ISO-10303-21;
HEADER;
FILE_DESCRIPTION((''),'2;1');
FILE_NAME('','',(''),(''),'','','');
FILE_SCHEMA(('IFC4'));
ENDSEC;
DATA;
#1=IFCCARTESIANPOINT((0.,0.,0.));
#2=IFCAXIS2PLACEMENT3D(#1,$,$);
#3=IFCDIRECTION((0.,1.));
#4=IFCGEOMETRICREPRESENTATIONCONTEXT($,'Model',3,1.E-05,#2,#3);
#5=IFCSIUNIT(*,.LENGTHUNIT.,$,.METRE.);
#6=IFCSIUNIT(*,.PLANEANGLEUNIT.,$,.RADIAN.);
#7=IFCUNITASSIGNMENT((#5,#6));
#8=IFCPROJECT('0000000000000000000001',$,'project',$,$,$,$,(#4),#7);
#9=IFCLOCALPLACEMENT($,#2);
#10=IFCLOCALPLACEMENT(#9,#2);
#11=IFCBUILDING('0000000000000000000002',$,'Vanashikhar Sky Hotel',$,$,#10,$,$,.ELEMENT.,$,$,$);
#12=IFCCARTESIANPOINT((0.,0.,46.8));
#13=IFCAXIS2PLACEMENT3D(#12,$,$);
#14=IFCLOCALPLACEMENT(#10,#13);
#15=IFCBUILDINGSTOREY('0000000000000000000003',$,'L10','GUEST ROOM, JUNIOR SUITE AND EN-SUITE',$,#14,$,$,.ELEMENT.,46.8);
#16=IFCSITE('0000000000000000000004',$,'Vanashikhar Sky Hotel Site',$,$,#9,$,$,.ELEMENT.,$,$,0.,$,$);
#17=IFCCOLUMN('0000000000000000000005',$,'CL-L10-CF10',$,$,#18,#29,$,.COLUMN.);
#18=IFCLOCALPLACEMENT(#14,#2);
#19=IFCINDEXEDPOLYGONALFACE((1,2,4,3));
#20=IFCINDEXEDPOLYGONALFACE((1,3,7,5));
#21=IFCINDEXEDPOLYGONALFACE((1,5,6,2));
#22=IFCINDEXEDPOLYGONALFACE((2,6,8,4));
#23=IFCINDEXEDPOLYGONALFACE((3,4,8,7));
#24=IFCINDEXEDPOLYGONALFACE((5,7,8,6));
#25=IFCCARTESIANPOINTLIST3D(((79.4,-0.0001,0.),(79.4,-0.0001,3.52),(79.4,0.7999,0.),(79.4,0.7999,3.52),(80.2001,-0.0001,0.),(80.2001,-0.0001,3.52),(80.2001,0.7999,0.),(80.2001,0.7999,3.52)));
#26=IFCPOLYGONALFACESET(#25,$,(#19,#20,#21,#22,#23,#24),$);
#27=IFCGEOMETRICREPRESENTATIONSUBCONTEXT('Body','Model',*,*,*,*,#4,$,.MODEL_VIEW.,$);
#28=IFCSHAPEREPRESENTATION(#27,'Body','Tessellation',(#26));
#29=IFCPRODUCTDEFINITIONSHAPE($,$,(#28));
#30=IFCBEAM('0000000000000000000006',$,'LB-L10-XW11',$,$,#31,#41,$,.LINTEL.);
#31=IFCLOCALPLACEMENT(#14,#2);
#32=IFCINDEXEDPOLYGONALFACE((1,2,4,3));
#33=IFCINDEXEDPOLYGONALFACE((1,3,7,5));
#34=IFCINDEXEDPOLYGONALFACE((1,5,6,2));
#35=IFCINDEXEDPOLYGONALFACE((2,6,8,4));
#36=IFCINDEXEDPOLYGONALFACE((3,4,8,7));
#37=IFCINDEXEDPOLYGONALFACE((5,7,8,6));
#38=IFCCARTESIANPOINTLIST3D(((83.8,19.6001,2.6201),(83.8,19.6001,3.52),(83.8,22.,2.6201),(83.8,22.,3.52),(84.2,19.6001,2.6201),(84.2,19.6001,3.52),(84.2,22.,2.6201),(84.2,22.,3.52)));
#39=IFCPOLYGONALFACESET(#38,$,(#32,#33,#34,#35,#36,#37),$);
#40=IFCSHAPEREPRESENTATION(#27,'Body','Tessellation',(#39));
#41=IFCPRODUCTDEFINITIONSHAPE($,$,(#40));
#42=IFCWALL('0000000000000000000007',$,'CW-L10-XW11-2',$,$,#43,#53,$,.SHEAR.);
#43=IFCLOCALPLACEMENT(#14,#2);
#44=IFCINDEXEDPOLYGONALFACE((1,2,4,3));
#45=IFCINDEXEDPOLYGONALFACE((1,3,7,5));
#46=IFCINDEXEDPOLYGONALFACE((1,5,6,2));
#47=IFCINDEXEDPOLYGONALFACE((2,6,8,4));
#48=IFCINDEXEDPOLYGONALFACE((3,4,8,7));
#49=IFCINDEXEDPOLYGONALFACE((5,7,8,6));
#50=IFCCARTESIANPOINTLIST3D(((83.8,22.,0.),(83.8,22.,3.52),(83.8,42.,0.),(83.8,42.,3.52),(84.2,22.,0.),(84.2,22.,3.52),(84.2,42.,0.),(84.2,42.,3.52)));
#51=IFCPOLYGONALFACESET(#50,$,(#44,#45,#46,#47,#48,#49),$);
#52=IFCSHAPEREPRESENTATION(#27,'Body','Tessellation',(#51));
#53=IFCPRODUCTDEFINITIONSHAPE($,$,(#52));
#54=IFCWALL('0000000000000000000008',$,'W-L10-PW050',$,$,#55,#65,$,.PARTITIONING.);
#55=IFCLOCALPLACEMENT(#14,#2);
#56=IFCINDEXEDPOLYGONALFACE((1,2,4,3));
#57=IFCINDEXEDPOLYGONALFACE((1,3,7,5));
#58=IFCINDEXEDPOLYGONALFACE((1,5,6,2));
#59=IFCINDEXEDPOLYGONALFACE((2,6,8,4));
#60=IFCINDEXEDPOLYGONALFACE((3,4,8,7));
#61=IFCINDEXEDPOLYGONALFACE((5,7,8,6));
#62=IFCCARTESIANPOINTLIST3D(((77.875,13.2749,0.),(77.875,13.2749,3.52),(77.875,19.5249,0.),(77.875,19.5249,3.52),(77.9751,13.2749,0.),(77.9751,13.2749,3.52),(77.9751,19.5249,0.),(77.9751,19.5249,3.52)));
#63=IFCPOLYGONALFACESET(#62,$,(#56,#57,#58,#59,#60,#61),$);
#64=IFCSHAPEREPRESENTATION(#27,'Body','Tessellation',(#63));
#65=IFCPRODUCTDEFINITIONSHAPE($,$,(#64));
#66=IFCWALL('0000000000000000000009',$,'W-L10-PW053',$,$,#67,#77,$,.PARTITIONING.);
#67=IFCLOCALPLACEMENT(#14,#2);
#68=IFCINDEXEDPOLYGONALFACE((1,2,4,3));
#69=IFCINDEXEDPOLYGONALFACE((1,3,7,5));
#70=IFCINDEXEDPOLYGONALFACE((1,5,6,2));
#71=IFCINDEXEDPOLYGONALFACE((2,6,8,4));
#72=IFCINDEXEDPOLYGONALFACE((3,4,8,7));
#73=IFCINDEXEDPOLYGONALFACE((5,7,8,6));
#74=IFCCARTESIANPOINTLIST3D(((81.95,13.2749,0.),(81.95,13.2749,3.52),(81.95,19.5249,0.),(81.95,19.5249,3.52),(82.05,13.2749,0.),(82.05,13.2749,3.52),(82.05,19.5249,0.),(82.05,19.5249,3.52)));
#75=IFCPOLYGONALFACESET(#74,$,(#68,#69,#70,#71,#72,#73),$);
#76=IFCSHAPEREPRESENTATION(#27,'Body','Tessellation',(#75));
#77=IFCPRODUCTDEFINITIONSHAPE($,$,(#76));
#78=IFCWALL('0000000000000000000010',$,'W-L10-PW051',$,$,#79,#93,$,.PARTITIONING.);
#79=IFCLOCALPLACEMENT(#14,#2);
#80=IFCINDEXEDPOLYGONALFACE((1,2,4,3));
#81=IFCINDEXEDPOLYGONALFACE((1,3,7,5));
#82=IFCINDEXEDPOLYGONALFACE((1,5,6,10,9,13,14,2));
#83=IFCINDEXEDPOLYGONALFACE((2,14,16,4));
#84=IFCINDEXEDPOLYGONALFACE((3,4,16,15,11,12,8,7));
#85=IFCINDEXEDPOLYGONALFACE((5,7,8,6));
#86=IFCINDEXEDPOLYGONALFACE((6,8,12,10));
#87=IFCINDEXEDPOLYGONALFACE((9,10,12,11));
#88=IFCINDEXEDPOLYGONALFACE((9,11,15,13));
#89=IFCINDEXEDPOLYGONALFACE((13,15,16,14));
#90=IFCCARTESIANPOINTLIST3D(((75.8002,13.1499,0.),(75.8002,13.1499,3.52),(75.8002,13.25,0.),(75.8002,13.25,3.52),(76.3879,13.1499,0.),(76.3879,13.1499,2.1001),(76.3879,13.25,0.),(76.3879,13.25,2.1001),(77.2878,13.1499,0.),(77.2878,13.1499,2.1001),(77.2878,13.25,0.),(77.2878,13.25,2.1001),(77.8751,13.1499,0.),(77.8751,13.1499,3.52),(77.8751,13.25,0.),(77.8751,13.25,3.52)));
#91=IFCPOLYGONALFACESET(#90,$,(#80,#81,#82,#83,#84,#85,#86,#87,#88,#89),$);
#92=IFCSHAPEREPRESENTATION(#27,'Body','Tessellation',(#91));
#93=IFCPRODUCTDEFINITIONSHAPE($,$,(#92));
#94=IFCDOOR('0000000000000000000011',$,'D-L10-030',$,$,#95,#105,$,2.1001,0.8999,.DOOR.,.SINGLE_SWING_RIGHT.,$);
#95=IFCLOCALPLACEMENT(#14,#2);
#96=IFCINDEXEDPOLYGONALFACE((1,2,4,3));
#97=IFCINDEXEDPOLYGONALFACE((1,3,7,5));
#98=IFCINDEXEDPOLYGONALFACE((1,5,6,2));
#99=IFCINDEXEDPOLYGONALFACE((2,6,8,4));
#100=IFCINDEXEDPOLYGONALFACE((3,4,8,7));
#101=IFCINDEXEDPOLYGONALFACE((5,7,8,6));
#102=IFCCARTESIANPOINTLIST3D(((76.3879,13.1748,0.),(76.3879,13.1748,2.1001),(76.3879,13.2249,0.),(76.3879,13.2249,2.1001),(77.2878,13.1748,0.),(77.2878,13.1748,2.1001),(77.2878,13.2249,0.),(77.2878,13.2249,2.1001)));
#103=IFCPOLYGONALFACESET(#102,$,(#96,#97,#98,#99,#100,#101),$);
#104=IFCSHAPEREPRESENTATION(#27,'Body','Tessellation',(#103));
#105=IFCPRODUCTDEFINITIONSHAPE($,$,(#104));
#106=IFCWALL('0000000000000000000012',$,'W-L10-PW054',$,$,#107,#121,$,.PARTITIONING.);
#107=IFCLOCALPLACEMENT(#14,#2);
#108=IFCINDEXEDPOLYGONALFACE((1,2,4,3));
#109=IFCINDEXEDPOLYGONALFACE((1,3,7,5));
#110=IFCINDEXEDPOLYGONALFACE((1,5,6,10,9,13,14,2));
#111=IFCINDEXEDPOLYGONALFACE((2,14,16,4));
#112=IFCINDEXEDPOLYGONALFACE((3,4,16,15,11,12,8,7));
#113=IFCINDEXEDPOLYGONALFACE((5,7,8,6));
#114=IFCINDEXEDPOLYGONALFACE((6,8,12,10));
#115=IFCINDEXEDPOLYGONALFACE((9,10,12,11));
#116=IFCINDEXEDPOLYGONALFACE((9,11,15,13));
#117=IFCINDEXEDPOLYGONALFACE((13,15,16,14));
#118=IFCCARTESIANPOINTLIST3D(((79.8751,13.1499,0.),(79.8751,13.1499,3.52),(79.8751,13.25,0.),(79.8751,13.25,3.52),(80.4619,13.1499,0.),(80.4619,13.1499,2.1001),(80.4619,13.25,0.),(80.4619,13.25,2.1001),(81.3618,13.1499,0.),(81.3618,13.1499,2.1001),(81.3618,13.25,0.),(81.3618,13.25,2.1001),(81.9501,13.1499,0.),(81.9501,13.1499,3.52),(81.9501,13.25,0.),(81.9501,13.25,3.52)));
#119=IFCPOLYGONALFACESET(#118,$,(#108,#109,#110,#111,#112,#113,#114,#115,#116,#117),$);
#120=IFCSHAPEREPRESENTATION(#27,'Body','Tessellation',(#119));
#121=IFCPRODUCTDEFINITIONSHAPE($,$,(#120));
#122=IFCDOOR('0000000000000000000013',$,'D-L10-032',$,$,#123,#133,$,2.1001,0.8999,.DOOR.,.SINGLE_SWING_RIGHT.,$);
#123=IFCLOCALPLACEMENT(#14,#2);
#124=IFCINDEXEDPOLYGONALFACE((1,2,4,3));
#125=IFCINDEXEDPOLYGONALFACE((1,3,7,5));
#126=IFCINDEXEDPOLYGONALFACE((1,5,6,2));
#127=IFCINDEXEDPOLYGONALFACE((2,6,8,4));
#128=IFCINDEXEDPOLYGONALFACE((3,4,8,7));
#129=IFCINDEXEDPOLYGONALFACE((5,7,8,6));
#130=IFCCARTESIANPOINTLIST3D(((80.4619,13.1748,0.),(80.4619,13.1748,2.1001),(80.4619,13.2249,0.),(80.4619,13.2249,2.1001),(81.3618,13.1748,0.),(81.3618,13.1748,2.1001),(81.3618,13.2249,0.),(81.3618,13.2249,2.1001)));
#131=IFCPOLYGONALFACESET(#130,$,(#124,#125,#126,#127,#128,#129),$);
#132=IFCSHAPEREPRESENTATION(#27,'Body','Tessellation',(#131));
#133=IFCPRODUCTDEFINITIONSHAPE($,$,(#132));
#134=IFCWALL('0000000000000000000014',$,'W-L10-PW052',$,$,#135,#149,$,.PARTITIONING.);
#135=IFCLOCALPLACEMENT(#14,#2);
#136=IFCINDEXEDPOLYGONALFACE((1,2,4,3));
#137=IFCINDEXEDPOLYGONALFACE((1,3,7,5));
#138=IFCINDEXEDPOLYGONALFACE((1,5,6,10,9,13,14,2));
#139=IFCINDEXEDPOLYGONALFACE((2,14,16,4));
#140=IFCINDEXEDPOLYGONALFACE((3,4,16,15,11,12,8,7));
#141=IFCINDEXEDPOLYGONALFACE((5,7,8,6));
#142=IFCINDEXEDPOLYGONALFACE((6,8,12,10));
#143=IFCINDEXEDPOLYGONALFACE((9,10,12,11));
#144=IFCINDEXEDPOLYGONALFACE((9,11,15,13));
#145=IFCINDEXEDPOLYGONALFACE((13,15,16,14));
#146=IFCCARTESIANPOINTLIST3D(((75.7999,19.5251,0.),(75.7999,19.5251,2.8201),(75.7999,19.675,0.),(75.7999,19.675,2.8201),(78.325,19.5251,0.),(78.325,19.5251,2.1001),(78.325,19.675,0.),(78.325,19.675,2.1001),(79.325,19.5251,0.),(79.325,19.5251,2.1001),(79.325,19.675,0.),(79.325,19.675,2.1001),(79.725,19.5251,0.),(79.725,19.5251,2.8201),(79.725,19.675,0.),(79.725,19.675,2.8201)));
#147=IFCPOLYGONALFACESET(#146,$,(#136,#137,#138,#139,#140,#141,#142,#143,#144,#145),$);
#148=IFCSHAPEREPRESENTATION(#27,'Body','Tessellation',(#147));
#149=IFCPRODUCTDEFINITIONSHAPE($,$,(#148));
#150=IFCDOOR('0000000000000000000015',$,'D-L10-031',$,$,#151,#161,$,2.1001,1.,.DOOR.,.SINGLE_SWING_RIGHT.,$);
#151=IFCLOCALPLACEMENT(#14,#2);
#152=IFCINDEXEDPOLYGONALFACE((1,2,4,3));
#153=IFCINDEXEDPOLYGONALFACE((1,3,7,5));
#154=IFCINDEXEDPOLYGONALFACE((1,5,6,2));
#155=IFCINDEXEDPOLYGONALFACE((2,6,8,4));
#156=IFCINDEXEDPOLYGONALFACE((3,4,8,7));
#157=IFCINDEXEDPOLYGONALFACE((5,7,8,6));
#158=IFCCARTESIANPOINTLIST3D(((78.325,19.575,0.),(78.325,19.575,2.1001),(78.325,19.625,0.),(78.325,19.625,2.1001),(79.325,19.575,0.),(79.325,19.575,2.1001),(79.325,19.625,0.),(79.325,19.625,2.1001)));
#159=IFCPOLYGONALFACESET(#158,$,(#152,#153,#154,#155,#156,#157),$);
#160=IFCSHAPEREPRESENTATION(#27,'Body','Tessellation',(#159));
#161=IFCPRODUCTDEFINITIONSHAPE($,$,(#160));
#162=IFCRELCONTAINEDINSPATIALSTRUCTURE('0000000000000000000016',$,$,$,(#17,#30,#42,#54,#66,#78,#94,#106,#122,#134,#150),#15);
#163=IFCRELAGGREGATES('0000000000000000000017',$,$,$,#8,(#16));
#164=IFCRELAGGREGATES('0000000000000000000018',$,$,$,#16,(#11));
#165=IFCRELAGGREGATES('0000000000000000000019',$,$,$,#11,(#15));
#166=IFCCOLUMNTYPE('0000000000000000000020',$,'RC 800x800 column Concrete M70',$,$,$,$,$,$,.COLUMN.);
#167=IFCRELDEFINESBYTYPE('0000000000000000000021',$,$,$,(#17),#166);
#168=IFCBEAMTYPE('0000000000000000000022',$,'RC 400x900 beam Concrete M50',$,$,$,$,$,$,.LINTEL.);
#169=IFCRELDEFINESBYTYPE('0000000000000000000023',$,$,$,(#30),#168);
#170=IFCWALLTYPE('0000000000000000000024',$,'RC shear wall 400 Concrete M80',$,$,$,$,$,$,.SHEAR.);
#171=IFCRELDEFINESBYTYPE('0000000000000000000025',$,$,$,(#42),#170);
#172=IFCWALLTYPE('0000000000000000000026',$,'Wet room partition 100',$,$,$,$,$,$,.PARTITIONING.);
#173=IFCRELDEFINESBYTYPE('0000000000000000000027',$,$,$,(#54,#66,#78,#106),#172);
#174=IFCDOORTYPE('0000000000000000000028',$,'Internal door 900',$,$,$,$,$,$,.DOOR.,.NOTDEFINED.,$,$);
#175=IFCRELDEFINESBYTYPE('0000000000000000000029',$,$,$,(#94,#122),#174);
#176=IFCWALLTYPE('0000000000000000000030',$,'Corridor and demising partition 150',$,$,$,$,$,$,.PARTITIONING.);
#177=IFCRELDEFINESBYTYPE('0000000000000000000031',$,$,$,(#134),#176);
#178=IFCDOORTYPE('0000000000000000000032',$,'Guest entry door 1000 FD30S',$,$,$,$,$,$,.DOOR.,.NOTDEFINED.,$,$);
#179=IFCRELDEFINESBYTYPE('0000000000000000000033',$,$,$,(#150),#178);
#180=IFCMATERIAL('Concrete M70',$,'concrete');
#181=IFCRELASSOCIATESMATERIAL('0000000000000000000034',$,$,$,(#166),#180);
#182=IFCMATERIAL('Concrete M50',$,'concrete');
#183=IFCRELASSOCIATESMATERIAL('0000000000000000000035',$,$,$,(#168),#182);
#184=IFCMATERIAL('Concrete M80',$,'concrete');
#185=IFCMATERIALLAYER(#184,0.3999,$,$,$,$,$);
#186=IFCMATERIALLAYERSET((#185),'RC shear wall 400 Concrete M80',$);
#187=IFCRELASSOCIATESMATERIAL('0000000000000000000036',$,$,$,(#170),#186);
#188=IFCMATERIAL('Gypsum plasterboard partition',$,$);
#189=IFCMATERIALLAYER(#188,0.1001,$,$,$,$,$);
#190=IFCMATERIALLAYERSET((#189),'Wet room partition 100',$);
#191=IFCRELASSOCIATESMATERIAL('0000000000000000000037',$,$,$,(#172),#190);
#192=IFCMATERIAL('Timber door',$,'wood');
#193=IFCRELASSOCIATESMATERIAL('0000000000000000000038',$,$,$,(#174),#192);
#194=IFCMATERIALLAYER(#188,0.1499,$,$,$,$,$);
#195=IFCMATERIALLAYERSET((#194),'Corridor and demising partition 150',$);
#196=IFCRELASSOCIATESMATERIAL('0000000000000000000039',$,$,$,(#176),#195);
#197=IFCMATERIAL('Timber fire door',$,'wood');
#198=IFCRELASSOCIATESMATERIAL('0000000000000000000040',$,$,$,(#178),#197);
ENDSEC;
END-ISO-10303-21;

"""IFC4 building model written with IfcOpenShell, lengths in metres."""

from ifc_helpers import new_model, si_unit, direction, frame, frame_2d, origin, origin_2d, place, context, subcontext, project, spatial, rectangle, extrude, source, transform, mapped, material, layer, layer_set, material_profile, profile_set, type_object, element, fill, save


model = new_model("IFC4")

# Units and contexts
model_context = context("Model", 3, precision=1e-05, world=origin(), true_north=direction((0.0, 1.0)))
body_context = subcontext(model_context, "Body", "Model", "MODEL_VIEW")
ifc_project = project(units=[si_unit("LENGTHUNIT", "METRE"), si_unit("PLANEANGLEUNIT", "RADIAN")], contexts=[model_context])

# Site, building, storey
site_placement = place(None, origin())
site = spatial("IfcSite", under=ifc_project, at=site_placement, Name="Vanashikhar Sky Hotel Site", CompositionType="ELEMENT", RefElevation=0.0)
building_placement = place(site_placement, origin())
building = spatial("IfcBuilding", under=site, at=building_placement, Name="Vanashikhar Sky Hotel", CompositionType="ELEMENT")
storey_placement = place(building_placement, frame((0.0, 0.0, 46.8)))
storey = spatial("IfcBuildingStorey", under=building, at=storey_placement, Name="L10", Description="GUEST ROOM, JUNIOR SUITE AND EN-SUITE", CompositionType="ELEMENT", Elevation=46.8)

# Column
ifc_material_1 = material(Name="Concrete M70", Category="concrete")
ifc_material_profile_1 = material_profile(ifc_material_1, rectangle(XDim=0.8, YDim=0.8, at=origin_2d()))
ifc_profile_set_1 = profile_set([ifc_material_profile_1], Name="RC 800x800 column Concrete M70")
column_type = type_object("IfcColumnType", Name="RC 800x800 column Concrete M70", PredefinedType="COLUMN", material=ifc_profile_set_1)
shared_shape_1 = source(origin(), body_context, "Body", "SweptSolid", [
    extrude(rectangle(XDim=0.8, YDim=0.8, at=origin_2d()), origin(), (0.0, 0.0, 1.0), 3.52),
])
column_placement = place(storey_placement, frame((79.8, 0.3999, 0.0), z_axis=(0.0, 0.0, 1.0), x_axis=(1.0, 0.0, 0.0)))
element("IfcColumn", 1, at=column_placement, inside=storey, type_object=column_type, Name="CL-L10-CF10", PredefinedType="COLUMN", context=body_context, shape_type="MappedRepresentation", body=[
    mapped(shared_shape_1, transform((0.0, 0.0, 0.0), scale=1.0)),
])

# Beam
ifc_material_2 = material(Name="Concrete M50", Category="concrete")
ifc_material_profile_2 = material_profile(ifc_material_2, rectangle(XDim=0.3999, YDim=0.8999, at=origin_2d()))
ifc_profile_set_2 = profile_set([ifc_material_profile_2], Name="RC 400x900 beam Concrete M50")
beam_type = type_object("IfcBeamType", Name="RC 400x900 beam Concrete M50", PredefinedType="LINTEL", material=ifc_profile_set_2)
shared_shape_2 = source(origin(), body_context, "Body", "SweptSolid", [
    extrude(rectangle(XDim=0.3999, YDim=0.8999, at=origin_2d()), origin(), (0.0, 0.0, 1.0), 2.3999),
])
beam_placement = place(storey_placement, frame((84.0, 19.6001, 3.0701), z_axis=(0.0, 1.0, 0.0), x_axis=(-1.0, 0.0, 0.0)))
element("IfcBeam", 2, at=beam_placement, inside=storey, type_object=beam_type, Name="LB-L10-XW11", PredefinedType="LINTEL", context=body_context, shape_type="MappedRepresentation", body=[
    mapped(shared_shape_2, transform((0.0, 0.0, 0.0), scale=1.0)),
])

# Walls
ifc_material_3 = material(Name="Concrete M80", Category="concrete")
ifc_layer_1 = layer(ifc_material_3, 0.3999)
ifc_layer_set_1 = layer_set([ifc_layer_1], Name="RC shear wall 400 Concrete M80")
wall_type_1 = type_object("IfcWallType", Name="RC shear wall 400 Concrete M80", PredefinedType="SHEAR", material=ifc_layer_set_1)
shared_shape_3 = source(origin(), body_context, "Body", "SweptSolid", [
    extrude(rectangle(XDim=20.0, YDim=0.3999, at=frame_2d((10.0, 0.0))), origin(), (0.0, 0.0, 1.0), 3.52),
])
wall_1_placement = place(storey_placement, frame((84.0, 22.0, 0.0), z_axis=(0.0, 0.0, 1.0), x_axis=(0.0, 1.0, 0.0)))
element("IfcWall", 3, at=wall_1_placement, inside=storey, type_object=wall_type_1, Name="CW-L10-XW11-2", PredefinedType="SHEAR", context=body_context, shape_type="MappedRepresentation", body=[
    mapped(shared_shape_3, transform((0.0, 0.0, 0.0), scale=1.0)),
])
ifc_material_4 = material(Name="Gypsum plasterboard partition")
ifc_layer_2 = layer(ifc_material_4, 0.1001)
ifc_layer_set_2 = layer_set([ifc_layer_2], Name="Wet room partition 100")
wall_type_2 = type_object("IfcWallType", Name="Wet room partition 100", PredefinedType="PARTITIONING", material=ifc_layer_set_2)
shared_shape_4 = source(origin(), body_context, "Body", "SweptSolid", [
    extrude(rectangle(XDim=6.25, YDim=0.1001, at=frame_2d((3.125, 0.0))), origin(), (0.0, 0.0, 1.0), 3.52),
])
for number, where, z_axis, x_axis, name in (
    (4, (77.925, 13.2749, 0.0), (0.0, 0.0, 1.0), (0.0, 1.0, 0.0), "W-L10-PW050"),
    (5, (82.0, 13.2749, 0.0), (0.0, 0.0, 1.0), (0.0, 1.0, 0.0), "W-L10-PW053"),
):
    element("IfcWall", number, at=place(storey_placement, frame(where, z_axis=z_axis, x_axis=x_axis)), inside=storey, type_object=wall_type_2, Name=name, PredefinedType="PARTITIONING", context=body_context, shape_type="MappedRepresentation", body=[
        mapped(shared_shape_4, transform((0.0, 0.0, 0.0), scale=1.0)),
    ])

# Walls, openings, doors
shared_shape_5 = source(origin(), body_context, "Body", "SweptSolid", [
    extrude(rectangle(XDim=2.075, YDim=0.1001, at=frame_2d((1.0376, 0.0))), origin(), (0.0, 0.0, 1.0), 3.52),
])
wall_2_placement = place(storey_placement, frame((75.8, 13.2, 0.0), z_axis=(0.0, 0.0, 1.0), x_axis=(1.0, 0.0, 0.0)))
wall_2 = element("IfcWall", 6, at=wall_2_placement, inside=storey, type_object=wall_type_2, Name="W-L10-PW051", PredefinedType="PARTITIONING", context=body_context, shape_type="MappedRepresentation", body=[
    mapped(shared_shape_5, transform((0.0, 0.0, 0.0), scale=1.0)),
])
shared_shape_6 = source(origin(), body_context, "Body", "SweptSolid", [
    extrude(rectangle(XDim=0.8999, YDim=2.1001, at=frame_2d((0.45, 1.05))), frame((0.0, 0.0601, 0.0), z_axis=(0.0, -1.0, 0.0), x_axis=(1.0, 0.0, 0.0)), (0.0, 0.0, 1.0), 0.1201),
])
opening_1_placement = place(wall_2_placement, frame((0.5879, 0.0, 0.0)))
opening_1 = element("IfcOpeningElement", 7, at=opening_1_placement, cuts=wall_2, PredefinedType="OPENING", context=body_context, shape_type="MappedRepresentation", body=[
    mapped(shared_shape_6, transform((0.0, 0.0, 0.0), scale=1.0)),
])
ifc_material_5 = material(Name="Timber door", Category="wood")
door_type_1 = type_object("IfcDoorType", Name="Internal door 900", OperationType="NOTDEFINED", PredefinedType="DOOR", material=ifc_material_5)
shared_shape_7 = source(origin(), body_context, "Body", "SweptSolid", [
    extrude(rectangle(XDim=0.8999, YDim=2.1001, at=frame_2d((0.45, 1.05))), frame((0.0, 0.0249, 0.0), z_axis=(0.0, -1.0, 0.0), x_axis=(1.0, 0.0, 0.0)), (0.0, 0.0, 1.0), 0.05),
])
door_1_placement = place(opening_1_placement, origin())
door_1 = element("IfcDoor", 8, at=door_1_placement, inside=storey, type_object=door_type_1, Name="D-L10-030", OperationType="SINGLE_SWING_RIGHT", OverallHeight=2.1001, OverallWidth=0.8999, PredefinedType="DOOR", context=body_context, shape_type="MappedRepresentation", body=[
    mapped(shared_shape_7, transform((0.0, 0.0, 0.0), scale=1.0)),
])
fill(opening_1, door_1)
wall_3_placement = place(storey_placement, frame((79.875, 13.2, 0.0), z_axis=(0.0, 0.0, 1.0), x_axis=(1.0, 0.0, 0.0)))
wall_3 = element("IfcWall", 9, at=wall_3_placement, inside=storey, type_object=wall_type_2, Name="W-L10-PW054", PredefinedType="PARTITIONING", context=body_context, shape_type="MappedRepresentation", body=[
    mapped(shared_shape_5, transform((0.0, 0.0, 0.0), scale=1.0)),
])
opening_2_placement = place(wall_3_placement, frame((0.5869, 0.0, 0.0)))
opening_2 = element("IfcOpeningElement", 10, at=opening_2_placement, cuts=wall_3, PredefinedType="OPENING", context=body_context, shape_type="MappedRepresentation", body=[
    mapped(shared_shape_6, transform((0.0, 0.0, 0.0), scale=1.0)),
])
door_2_placement = place(opening_2_placement, origin())
door_2 = element("IfcDoor", 11, at=door_2_placement, inside=storey, type_object=door_type_1, Name="D-L10-032", OperationType="SINGLE_SWING_RIGHT", OverallHeight=2.1001, OverallWidth=0.8999, PredefinedType="DOOR", context=body_context, shape_type="MappedRepresentation", body=[
    mapped(shared_shape_7, transform((0.0, 0.0, 0.0), scale=1.0)),
])
fill(opening_2, door_2)
ifc_layer_3 = layer(ifc_material_4, 0.1499)
ifc_layer_set_3 = layer_set([ifc_layer_3], Name="Corridor and demising partition 150")
wall_type_3 = type_object("IfcWallType", Name="Corridor and demising partition 150", PredefinedType="PARTITIONING", material=ifc_layer_set_3)
shared_shape_8 = source(origin(), body_context, "Body", "SweptSolid", [
    extrude(rectangle(XDim=3.925, YDim=0.1499, at=frame_2d((1.9624, 0.0))), origin(), (0.0, 0.0, 1.0), 2.8201),
])
wall_4_placement = place(storey_placement, frame((75.8, 19.6001, 0.0), z_axis=(0.0, 0.0, 1.0), x_axis=(1.0, 0.0, 0.0)))
wall_4 = element("IfcWall", 12, at=wall_4_placement, inside=storey, type_object=wall_type_3, Name="W-L10-PW052", PredefinedType="PARTITIONING", context=body_context, shape_type="MappedRepresentation", body=[
    mapped(shared_shape_8, transform((0.0, 0.0, 0.0), scale=1.0)),
])
shared_shape_9 = source(origin(), body_context, "Body", "SweptSolid", [
    extrude(rectangle(XDim=1.0, YDim=2.1001, at=frame_2d((0.5, 1.05))), frame((0.0, 0.085, 0.0), z_axis=(0.0, -1.0, 0.0), x_axis=(1.0, 0.0, 0.0)), (0.0, 0.0, 1.0), 0.1699),
])
opening_3_placement = place(wall_4_placement, frame((2.5249, 0.0, 0.0)))
opening_3 = element("IfcOpeningElement", 13, at=opening_3_placement, cuts=wall_4, PredefinedType="OPENING", context=body_context, shape_type="MappedRepresentation", body=[
    mapped(shared_shape_9, transform((0.0, 0.0, 0.0), scale=1.0)),
])
ifc_material_6 = material(Name="Timber fire door", Category="wood")
door_type_2 = type_object("IfcDoorType", Name="Guest entry door 1000 FD30S", OperationType="NOTDEFINED", PredefinedType="DOOR", material=ifc_material_6)
shared_shape_10 = source(origin(), body_context, "Body", "SweptSolid", [
    extrude(rectangle(XDim=1.0, YDim=2.1001, at=frame_2d((0.5, 1.05))), frame((0.0, 0.0249, 0.0), z_axis=(0.0, -1.0, 0.0), x_axis=(1.0, 0.0, 0.0)), (0.0, 0.0, 1.0), 0.05),
])
door_3_placement = place(opening_3_placement, origin())
door_3 = element("IfcDoor", 14, at=door_3_placement, inside=storey, type_object=door_type_2, Name="D-L10-031", OperationType="SINGLE_SWING_RIGHT", OverallHeight=2.1001, OverallWidth=1.0, PredefinedType="DOOR", context=body_context, shape_type="MappedRepresentation", body=[
    mapped(shared_shape_10, transform((0.0, 0.0, 0.0), scale=1.0)),
])
fill(opening_3, door_3)

save(model, "model.ifc")
